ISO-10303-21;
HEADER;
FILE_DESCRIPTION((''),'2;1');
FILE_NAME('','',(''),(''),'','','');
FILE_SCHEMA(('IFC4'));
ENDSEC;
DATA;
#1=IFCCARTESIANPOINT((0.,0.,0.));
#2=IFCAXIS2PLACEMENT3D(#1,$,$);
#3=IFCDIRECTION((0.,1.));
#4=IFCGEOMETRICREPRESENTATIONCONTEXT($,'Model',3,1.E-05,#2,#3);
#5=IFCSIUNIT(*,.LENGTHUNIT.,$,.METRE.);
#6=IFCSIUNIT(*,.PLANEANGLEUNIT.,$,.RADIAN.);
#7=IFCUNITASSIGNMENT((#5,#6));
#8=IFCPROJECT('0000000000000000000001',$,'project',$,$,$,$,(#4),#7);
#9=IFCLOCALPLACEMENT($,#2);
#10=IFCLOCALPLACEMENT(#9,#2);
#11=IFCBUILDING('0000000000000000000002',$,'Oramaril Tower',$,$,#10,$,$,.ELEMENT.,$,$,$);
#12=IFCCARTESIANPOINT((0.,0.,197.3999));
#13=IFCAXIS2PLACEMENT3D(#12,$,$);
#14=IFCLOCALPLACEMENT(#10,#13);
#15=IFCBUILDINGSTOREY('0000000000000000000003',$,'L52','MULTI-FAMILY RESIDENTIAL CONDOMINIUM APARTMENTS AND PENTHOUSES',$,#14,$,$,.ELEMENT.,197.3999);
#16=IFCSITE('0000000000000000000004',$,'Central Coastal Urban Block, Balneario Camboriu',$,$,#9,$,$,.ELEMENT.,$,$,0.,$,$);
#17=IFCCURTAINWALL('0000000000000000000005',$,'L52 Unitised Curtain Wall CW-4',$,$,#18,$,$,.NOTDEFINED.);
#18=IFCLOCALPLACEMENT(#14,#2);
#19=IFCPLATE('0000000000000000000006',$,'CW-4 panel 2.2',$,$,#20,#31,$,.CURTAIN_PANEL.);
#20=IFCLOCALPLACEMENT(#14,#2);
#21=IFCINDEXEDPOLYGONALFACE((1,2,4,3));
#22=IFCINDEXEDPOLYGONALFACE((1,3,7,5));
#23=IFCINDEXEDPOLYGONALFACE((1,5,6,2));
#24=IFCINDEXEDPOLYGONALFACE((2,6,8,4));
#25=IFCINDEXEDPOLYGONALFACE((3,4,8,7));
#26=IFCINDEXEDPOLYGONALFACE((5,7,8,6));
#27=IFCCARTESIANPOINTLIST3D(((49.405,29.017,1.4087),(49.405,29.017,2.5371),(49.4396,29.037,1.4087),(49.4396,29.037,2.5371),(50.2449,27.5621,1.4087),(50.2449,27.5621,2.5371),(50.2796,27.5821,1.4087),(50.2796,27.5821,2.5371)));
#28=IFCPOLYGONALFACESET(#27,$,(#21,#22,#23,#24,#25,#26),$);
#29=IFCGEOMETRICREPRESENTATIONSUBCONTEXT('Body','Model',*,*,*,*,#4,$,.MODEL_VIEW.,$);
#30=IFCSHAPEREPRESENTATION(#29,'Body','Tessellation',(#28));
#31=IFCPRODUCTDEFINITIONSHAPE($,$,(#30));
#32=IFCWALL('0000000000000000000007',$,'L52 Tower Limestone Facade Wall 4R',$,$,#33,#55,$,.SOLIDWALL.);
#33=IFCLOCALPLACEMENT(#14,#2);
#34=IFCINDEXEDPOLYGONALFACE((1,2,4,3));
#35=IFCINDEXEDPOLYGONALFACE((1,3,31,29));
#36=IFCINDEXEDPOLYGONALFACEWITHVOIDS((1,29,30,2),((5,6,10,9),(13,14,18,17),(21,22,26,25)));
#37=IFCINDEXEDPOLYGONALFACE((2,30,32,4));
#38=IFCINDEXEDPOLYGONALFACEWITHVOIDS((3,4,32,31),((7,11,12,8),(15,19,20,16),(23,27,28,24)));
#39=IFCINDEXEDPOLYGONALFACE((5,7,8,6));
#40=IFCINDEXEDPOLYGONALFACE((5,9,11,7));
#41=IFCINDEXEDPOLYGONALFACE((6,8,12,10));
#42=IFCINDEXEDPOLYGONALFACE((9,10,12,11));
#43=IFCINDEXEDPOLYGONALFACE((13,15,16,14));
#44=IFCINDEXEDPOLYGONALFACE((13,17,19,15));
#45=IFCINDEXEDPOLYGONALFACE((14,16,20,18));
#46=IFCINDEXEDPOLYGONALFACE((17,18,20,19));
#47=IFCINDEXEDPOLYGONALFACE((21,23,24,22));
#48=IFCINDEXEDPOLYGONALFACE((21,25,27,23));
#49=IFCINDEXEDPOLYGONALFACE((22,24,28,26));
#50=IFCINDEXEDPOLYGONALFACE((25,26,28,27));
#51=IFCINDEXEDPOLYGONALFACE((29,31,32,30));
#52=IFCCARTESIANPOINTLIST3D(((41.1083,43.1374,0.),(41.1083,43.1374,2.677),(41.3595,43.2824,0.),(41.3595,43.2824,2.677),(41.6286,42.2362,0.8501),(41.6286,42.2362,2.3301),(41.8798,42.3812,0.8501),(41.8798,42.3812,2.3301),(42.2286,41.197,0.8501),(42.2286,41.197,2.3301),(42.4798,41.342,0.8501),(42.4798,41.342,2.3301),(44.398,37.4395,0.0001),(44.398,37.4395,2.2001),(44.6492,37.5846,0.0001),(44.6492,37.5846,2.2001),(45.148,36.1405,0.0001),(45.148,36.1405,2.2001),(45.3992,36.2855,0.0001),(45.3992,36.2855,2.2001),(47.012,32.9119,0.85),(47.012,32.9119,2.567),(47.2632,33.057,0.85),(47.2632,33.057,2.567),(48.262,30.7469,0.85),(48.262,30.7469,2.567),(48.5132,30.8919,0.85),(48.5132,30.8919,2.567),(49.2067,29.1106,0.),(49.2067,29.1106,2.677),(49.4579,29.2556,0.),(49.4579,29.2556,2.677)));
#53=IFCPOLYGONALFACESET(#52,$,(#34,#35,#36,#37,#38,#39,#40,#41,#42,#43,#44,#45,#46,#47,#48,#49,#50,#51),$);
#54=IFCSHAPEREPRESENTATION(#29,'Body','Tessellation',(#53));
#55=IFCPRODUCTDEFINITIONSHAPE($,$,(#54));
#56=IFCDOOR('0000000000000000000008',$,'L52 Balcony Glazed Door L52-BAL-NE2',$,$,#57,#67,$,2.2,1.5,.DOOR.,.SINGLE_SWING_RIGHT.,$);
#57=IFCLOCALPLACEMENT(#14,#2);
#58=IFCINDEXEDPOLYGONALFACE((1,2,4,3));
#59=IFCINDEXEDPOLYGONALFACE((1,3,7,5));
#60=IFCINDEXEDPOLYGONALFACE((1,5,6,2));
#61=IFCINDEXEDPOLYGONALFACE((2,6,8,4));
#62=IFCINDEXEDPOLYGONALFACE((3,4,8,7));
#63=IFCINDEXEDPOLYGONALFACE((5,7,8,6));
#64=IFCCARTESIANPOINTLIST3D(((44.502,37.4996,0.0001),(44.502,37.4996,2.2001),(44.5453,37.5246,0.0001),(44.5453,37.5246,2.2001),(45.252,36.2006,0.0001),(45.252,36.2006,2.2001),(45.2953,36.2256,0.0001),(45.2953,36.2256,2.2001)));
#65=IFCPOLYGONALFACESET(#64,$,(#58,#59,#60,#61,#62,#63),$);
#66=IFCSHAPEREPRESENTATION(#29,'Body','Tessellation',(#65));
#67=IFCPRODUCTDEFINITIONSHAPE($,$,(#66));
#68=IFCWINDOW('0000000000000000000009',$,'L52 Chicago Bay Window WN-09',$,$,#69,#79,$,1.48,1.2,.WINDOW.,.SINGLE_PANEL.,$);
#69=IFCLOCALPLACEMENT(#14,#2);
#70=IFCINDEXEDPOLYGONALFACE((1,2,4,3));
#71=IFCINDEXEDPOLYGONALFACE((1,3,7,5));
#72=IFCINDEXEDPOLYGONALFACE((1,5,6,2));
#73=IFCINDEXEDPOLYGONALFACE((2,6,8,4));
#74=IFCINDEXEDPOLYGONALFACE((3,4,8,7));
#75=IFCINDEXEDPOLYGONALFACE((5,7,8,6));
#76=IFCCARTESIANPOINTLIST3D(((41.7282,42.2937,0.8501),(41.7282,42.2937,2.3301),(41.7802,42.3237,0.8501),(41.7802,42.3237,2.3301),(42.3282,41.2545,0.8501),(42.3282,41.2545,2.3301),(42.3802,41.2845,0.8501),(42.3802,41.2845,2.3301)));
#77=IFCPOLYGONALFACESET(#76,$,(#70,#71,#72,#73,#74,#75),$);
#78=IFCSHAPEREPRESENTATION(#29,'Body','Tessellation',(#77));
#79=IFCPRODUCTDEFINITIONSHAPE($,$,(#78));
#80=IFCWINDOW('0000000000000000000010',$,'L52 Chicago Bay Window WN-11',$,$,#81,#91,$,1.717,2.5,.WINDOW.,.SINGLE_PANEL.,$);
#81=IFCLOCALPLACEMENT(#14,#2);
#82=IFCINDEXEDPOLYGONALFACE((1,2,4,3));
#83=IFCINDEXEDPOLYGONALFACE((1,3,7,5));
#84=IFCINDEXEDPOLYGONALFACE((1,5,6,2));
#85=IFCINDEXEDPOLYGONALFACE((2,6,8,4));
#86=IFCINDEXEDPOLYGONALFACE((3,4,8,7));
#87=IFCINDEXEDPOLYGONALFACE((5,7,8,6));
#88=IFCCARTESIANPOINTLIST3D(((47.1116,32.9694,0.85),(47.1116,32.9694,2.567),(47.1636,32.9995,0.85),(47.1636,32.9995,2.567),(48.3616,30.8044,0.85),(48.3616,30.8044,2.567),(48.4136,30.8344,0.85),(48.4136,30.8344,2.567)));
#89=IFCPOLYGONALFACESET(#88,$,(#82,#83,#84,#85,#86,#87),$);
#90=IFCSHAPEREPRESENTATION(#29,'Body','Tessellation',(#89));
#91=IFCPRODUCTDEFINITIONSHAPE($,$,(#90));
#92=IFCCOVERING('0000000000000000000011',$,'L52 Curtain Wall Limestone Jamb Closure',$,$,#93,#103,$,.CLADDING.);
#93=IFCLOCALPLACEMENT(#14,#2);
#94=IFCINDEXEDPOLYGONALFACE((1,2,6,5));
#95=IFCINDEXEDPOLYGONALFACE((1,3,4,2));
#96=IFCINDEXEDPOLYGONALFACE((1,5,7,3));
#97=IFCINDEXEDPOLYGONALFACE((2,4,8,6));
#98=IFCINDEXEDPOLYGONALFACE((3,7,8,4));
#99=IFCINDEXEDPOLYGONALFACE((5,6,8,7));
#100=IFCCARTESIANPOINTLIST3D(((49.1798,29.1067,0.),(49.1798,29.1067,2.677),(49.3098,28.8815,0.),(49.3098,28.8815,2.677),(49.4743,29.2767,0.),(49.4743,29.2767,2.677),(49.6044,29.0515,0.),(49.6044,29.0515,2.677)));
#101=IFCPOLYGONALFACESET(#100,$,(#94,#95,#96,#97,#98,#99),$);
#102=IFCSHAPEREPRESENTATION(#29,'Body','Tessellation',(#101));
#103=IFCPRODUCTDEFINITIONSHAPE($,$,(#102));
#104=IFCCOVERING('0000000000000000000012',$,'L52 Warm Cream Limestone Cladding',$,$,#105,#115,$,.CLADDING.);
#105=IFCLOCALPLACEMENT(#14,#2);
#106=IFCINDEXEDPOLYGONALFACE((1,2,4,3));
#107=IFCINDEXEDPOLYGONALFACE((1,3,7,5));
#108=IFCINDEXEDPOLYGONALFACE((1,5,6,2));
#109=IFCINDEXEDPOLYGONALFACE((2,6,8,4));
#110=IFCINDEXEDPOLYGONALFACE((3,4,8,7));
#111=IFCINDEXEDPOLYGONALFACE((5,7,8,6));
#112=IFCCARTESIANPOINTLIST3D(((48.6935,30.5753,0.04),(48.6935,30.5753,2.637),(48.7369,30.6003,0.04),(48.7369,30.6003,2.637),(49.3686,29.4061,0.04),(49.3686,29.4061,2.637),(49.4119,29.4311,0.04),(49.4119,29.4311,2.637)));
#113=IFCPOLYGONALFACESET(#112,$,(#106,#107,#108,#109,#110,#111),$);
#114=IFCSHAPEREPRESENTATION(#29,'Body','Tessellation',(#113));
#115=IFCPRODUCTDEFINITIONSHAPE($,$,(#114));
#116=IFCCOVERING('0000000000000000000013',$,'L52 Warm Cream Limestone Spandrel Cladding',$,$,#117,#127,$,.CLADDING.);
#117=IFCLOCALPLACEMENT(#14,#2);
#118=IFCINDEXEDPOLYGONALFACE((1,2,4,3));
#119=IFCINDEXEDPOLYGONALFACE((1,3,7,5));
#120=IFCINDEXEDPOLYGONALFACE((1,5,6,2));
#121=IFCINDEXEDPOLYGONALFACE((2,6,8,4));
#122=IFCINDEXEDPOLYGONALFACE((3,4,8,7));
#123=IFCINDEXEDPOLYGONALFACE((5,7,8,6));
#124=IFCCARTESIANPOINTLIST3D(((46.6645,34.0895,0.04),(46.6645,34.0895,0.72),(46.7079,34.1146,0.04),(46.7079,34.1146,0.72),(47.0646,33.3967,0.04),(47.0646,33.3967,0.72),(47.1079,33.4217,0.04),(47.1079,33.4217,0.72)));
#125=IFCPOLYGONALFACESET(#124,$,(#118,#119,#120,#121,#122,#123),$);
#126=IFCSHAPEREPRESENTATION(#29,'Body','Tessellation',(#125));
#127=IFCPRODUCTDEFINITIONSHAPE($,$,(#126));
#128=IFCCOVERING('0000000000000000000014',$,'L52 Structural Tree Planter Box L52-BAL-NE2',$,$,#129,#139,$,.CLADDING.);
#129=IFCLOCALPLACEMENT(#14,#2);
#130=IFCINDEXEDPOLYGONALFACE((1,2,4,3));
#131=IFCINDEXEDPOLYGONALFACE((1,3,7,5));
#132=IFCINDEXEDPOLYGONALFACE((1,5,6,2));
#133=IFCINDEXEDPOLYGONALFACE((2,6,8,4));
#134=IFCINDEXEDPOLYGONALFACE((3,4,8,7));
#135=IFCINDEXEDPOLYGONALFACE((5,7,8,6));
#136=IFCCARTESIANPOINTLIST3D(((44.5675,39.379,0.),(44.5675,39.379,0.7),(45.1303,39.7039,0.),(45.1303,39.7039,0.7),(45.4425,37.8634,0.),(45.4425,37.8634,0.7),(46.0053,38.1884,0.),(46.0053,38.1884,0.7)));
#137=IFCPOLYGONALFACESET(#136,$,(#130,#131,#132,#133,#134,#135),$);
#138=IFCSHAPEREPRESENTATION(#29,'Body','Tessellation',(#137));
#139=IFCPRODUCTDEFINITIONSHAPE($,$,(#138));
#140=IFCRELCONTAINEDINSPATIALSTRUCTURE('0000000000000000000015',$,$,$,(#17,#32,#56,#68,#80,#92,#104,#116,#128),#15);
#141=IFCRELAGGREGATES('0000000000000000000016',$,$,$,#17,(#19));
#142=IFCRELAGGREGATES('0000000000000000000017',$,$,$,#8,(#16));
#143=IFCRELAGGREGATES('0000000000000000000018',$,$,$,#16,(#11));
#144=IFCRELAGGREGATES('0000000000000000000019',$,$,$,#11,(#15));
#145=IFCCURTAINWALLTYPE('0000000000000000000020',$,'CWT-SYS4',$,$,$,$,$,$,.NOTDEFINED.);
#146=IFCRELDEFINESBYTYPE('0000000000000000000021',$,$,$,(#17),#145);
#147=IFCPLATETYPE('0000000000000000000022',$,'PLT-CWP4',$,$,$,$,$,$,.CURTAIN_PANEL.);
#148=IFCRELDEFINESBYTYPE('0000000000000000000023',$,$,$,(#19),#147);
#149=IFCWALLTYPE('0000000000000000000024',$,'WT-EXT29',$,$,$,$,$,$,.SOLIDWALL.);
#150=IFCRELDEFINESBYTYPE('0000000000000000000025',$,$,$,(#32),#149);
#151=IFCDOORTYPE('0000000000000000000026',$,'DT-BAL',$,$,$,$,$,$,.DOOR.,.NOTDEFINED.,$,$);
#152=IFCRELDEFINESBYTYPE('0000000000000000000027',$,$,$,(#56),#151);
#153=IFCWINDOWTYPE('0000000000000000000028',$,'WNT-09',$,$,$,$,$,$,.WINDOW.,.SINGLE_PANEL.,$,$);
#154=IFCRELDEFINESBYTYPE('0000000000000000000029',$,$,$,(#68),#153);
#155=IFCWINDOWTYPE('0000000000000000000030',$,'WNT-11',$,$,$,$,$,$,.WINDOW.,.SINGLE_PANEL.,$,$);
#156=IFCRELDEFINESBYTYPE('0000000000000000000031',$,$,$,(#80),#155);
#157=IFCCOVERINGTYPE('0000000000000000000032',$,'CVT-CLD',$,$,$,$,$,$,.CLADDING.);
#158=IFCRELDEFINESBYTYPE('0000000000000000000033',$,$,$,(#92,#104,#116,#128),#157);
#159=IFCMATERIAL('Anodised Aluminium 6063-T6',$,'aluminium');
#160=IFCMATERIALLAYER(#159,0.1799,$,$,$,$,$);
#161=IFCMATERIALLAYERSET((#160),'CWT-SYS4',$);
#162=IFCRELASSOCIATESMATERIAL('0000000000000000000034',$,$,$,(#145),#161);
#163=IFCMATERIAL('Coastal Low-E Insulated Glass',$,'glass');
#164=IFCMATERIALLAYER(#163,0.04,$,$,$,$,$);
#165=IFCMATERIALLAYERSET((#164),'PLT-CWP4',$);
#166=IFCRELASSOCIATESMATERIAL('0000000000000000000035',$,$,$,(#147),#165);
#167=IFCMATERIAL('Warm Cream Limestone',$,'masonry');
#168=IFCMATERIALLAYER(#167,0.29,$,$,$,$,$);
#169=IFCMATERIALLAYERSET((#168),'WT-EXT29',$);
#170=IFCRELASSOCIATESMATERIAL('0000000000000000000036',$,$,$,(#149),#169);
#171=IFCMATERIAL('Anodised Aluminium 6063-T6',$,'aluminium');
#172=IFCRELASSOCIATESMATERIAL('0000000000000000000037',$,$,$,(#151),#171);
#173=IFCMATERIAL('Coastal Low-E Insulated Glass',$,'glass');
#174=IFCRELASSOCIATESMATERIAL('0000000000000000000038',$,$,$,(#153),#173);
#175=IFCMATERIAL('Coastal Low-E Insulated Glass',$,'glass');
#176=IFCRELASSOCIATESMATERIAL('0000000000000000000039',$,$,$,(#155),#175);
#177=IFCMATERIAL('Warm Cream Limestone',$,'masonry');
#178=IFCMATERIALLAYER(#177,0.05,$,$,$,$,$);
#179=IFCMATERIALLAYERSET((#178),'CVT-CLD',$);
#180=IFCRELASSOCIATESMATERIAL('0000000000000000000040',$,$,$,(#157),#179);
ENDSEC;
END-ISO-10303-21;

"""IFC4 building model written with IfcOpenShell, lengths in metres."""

from ifc_helpers import new_model, si_unit, direction, frame, frame_2d, origin, origin_2d, place, context, subcontext, project, spatial, rectangle, extrude, material, layer, layer_set, type_object, element, fill, aggregate, save


model = new_model("IFC4")

# Units and contexts
model_context = context("Model", 3, precision=1e-05, world=origin(), true_north=direction((0.0, 1.0)))
body_context = subcontext(model_context, "Body", "Model", "MODEL_VIEW")
ifc_project = project(units=[si_unit("LENGTHUNIT", "METRE"), si_unit("PLANEANGLEUNIT", "RADIAN")], contexts=[model_context])

# Site, building, storey
site_placement = place(None, origin())
site = spatial("IfcSite", under=ifc_project, at=site_placement, Name="Central Coastal Urban Block, Balneario Camboriu", CompositionType="ELEMENT", RefElevation=0.0)
building_placement = place(site_placement, origin())
building = spatial("IfcBuilding", under=site, at=building_placement, Name="Oramaril Tower", CompositionType="ELEMENT")
storey_placement = place(building_placement, frame((0.0, 0.0, 197.3999)))
storey = spatial("IfcBuildingStorey", under=building, at=storey_placement, Name="L52", Description="MULTI-FAMILY RESIDENTIAL CONDOMINIUM APARTMENTS AND PENTHOUSES", CompositionType="ELEMENT", Elevation=197.3999)

# Curtain wall, plate
ifc_material_1 = material(Name="Anodised Aluminium 6063-T6", Category="aluminium")
ifc_layer_1 = layer(ifc_material_1, 0.1799)
ifc_layer_set_1 = layer_set([ifc_layer_1], Name="CWT-SYS4")
curtain_wall_type = type_object("IfcCurtainWallType", Name="CWT-SYS4", PredefinedType="NOTDEFINED", material=ifc_layer_set_1)
curtain_wall_placement = place(storey_placement, origin())
curtain_wall = element("IfcCurtainWall", 1, at=curtain_wall_placement, inside=storey, type_object=curtain_wall_type, Name="L52 Unitised Curtain Wall CW-4", PredefinedType="NOTDEFINED")
ifc_material_2 = material(Name="Coastal Low-E Insulated Glass", Category="glass")
ifc_layer_2 = layer(ifc_material_2, 0.04)
ifc_layer_set_2 = layer_set([ifc_layer_2], Name="PLT-CWP4")
plate_type = type_object("IfcPlateType", Name="PLT-CWP4", PredefinedType="CURTAIN_PANEL", material=ifc_layer_set_2)
plate_1_placement = place(storey_placement, frame((49.8423, 28.2996, 1.4087), z_axis=(0.0, 0.0, 1.0), x_axis=(-0.5, 0.866025, 0.0)))
plate_1 = element("IfcPlate", 2, at=plate_1_placement, type_object=plate_type, Name="CW-4 panel 2.2", PredefinedType="CURTAIN_PANEL", context=body_context, shape_type="SweptSolid", body=[
    extrude(rectangle(XDim=1.6799, YDim=0.04, at=origin_2d()), origin(), (0.0, 0.0, 1.0), 1.1284),
])
aggregate(curtain_wall, [plate_1])

# Wall, openings, door, windows
ifc_material_3 = material(Name="Warm Cream Limestone", Category="masonry")
ifc_layer_3 = layer(ifc_material_3, 0.29)
ifc_layer_set_3 = layer_set([ifc_layer_3], Name="WT-EXT29")
wall_type = type_object("IfcWallType", Name="WT-EXT29", PredefinedType="SOLIDWALL", material=ifc_layer_set_3)
wall_placement = place(storey_placement, frame((49.3323, 29.1831, 0.0), z_axis=(0.0, 0.0, 1.0), x_axis=(-0.499999, 0.866026, 0.0)))
wall = element("IfcWall", 3, at=wall_placement, inside=storey, type_object=wall_type, Name="L52 Tower Limestone Facade Wall 4R", PredefinedType="SOLIDWALL", context=body_context, shape_type="SweptSolid", body=[
    extrude(rectangle(XDim=16.1968, YDim=0.29, at=frame_2d((8.0984, 0.0))), origin(), (0.0, 0.0, 1.0), 2.677),
])
opening_1_placement = place(wall_placement, frame((8.1174, 0.0, 0.0)))
opening_1 = element("IfcOpeningElement", 4, at=opening_1_placement, cuts=wall, PredefinedType="OPENING", context=body_context, shape_type="SweptSolid", body=[
    extrude(rectangle(XDim=1.5, YDim=2.2, at=frame_2d((0.75, 1.1001))), frame((0.0, 0.145, 0.0), z_axis=(0.0, -1.0, 0.0), x_axis=(1.0, 0.0, 0.0)), (0.0, 0.0, 1.0), 0.29),
])
opening_2_placement = place(wall_placement, frame((13.9561, 0.0, 0.8501)))
opening_2 = element("IfcOpeningElement", 5, at=opening_2_placement, cuts=wall, PredefinedType="OPENING", context=body_context, shape_type="SweptSolid", body=[
    extrude(rectangle(XDim=1.2, YDim=1.48, at=frame_2d((0.6001, 0.74))), frame((0.0, 0.145, 0.0), z_axis=(0.0, -1.0, 0.0), x_axis=(1.0, 0.0, 0.0)), (0.0, 0.0, 1.0), 0.29),
])
opening_3_placement = place(wall_placement, frame((1.8894, 0.0, 0.8501)))
opening_3 = element("IfcOpeningElement", 6, at=opening_3_placement, cuts=wall, PredefinedType="OPENING", context=body_context, shape_type="SweptSolid", body=[
    extrude(rectangle(XDim=2.5, YDim=1.717, at=frame_2d((1.25, 0.8584))), frame((0.0, 0.145, 0.0), z_axis=(0.0, -1.0, 0.0), x_axis=(1.0, 0.0, 0.0)), (0.0, 0.0, 1.0), 0.29),
])
ifc_material_4 = material(Name="Anodised Aluminium 6063-T6", Category="aluminium")
door_type = type_object("IfcDoorType", Name="DT-BAL", OperationType="NOTDEFINED", PredefinedType="DOOR", material=ifc_material_4)
door_placement = place(opening_1_placement, origin())
door = element("IfcDoor", 7, at=door_placement, inside=storey, type_object=door_type, Name="L52 Balcony Glazed Door L52-BAL-NE2", OperationType="SINGLE_SWING_RIGHT", OverallHeight=2.2, OverallWidth=1.5, PredefinedType="DOOR", context=body_context, shape_type="SweptSolid", body=[
    extrude(rectangle(XDim=1.5, YDim=2.2, at=frame_2d((0.75, 1.1001))), frame((0.0, 0.0249, 0.0), z_axis=(0.0, -1.0, 0.0), x_axis=(1.0, 0.0, 0.0)), (0.0, 0.0, 1.0), 0.05),
])
fill(opening_1, door)
ifc_material_5 = material(Name="Coastal Low-E Insulated Glass", Category="glass")
window_type_1 = type_object("IfcWindowType", Name="WNT-09", PartitioningType="SINGLE_PANEL", PredefinedType="WINDOW", material=ifc_material_5)
window_1_placement = place(opening_2_placement, origin())
window_1 = element("IfcWindow", 8, at=window_1_placement, inside=storey, type_object=window_type_1, Name="L52 Chicago Bay Window WN-09", OverallHeight=1.48, OverallWidth=1.2, PartitioningType="SINGLE_PANEL", PredefinedType="WINDOW", context=body_context, shape_type="SweptSolid", body=[
    extrude(rectangle(XDim=1.2, YDim=1.48, at=frame_2d((0.6001, 0.74))), frame((0.0, 0.03, 0.0), z_axis=(0.0, -1.0, 0.0), x_axis=(1.0, 0.0, 0.0)), (0.0, 0.0, 1.0), 0.0601),
])
fill(opening_2, window_1)
ifc_material_6 = material(Name="Coastal Low-E Insulated Glass", Category="glass")
window_type_2 = type_object("IfcWindowType", Name="WNT-11", PartitioningType="SINGLE_PANEL", PredefinedType="WINDOW", material=ifc_material_6)
window_2_placement = place(opening_3_placement, origin())
window_2 = element("IfcWindow", 9, at=window_2_placement, inside=storey, type_object=window_type_2, Name="L52 Chicago Bay Window WN-11", OverallHeight=1.717, OverallWidth=2.5, PartitioningType="SINGLE_PANEL", PredefinedType="WINDOW", context=body_context, shape_type="SweptSolid", body=[
    extrude(rectangle(XDim=2.5, YDim=1.717, at=frame_2d((1.25, 0.8584))), frame((0.0, 0.03, 0.0), z_axis=(0.0, -1.0, 0.0), x_axis=(1.0, 0.0, 0.0)), (0.0, 0.0, 1.0), 0.0601),
])
fill(opening_3, window_2)

# Coverings
ifc_material_7 = material(Name="Warm Cream Limestone", Category="masonry")
ifc_layer_4 = layer(ifc_material_7, 0.05)
ifc_layer_set_4 = layer_set([ifc_layer_4], Name="CVT-CLD")
covering_type = type_object("IfcCoveringType", Name="CVT-CLD", PredefinedType="CLADDING", material=ifc_layer_set_4)
covering_1_placement = place(storey_placement, frame((49.3921, 29.0791, 0.0), z_axis=(0.0, 0.0, 1.0), x_axis=(-0.5, 0.866025, 0.0)))
element("IfcCovering", 10, at=covering_1_placement, inside=storey, type_object=covering_type, Name="L52 Curtain Wall Limestone Jamb Closure", PredefinedType="CLADDING", context=body_context, shape_type="SweptSolid", body=[
    extrude(rectangle(XDim=0.26, YDim=0.3401, at=origin_2d()), origin(), (0.0, 0.0, 1.0), 2.677),
])
covering_2_placement = place(storey_placement, frame((49.0527, 30.0032, 0.04), z_axis=(0.0, 0.0, 1.0), x_axis=(-0.5, 0.866025, 0.0)))
element("IfcCovering", 11, at=covering_2_placement, inside=storey, type_object=covering_type, Name="L52 Warm Cream Limestone Cladding", PredefinedType="CLADDING", context=body_context, shape_type="SweptSolid", body=[
    extrude(rectangle(XDim=1.3501, YDim=0.05, at=origin_2d()), origin(), (0.0, 0.0, 1.0), 2.5969),
])
covering_3_placement = place(storey_placement, frame((46.8862, 33.7556, 0.04), z_axis=(0.0, 0.0, 1.0), x_axis=(-0.5, 0.866025, 0.0)))
element("IfcCovering", 12, at=covering_3_placement, inside=storey, type_object=covering_type, Name="L52 Warm Cream Limestone Spandrel Cladding", PredefinedType="CLADDING", context=body_context, shape_type="SweptSolid", body=[
    extrude(rectangle(XDim=0.8, YDim=0.05, at=origin_2d()), origin(), (0.0, 0.0, 1.0), 0.6799),
])
covering_4_placement = place(storey_placement, frame((45.2864, 38.7837, 0.0), z_axis=(0.0, 0.0, 1.0), x_axis=(-0.5, 0.866025, 0.0)))
element("IfcCovering", 13, at=covering_4_placement, inside=storey, type_object=covering_type, Name="L52 Structural Tree Planter Box L52-BAL-NE2", PredefinedType="CLADDING", context=body_context, shape_type="SweptSolid", body=[
    extrude(rectangle(XDim=1.75, YDim=0.6499, at=origin_2d()), origin(), (0.0, 0.0, 1.0), 0.7),
])

save(model, "model.ifc")
